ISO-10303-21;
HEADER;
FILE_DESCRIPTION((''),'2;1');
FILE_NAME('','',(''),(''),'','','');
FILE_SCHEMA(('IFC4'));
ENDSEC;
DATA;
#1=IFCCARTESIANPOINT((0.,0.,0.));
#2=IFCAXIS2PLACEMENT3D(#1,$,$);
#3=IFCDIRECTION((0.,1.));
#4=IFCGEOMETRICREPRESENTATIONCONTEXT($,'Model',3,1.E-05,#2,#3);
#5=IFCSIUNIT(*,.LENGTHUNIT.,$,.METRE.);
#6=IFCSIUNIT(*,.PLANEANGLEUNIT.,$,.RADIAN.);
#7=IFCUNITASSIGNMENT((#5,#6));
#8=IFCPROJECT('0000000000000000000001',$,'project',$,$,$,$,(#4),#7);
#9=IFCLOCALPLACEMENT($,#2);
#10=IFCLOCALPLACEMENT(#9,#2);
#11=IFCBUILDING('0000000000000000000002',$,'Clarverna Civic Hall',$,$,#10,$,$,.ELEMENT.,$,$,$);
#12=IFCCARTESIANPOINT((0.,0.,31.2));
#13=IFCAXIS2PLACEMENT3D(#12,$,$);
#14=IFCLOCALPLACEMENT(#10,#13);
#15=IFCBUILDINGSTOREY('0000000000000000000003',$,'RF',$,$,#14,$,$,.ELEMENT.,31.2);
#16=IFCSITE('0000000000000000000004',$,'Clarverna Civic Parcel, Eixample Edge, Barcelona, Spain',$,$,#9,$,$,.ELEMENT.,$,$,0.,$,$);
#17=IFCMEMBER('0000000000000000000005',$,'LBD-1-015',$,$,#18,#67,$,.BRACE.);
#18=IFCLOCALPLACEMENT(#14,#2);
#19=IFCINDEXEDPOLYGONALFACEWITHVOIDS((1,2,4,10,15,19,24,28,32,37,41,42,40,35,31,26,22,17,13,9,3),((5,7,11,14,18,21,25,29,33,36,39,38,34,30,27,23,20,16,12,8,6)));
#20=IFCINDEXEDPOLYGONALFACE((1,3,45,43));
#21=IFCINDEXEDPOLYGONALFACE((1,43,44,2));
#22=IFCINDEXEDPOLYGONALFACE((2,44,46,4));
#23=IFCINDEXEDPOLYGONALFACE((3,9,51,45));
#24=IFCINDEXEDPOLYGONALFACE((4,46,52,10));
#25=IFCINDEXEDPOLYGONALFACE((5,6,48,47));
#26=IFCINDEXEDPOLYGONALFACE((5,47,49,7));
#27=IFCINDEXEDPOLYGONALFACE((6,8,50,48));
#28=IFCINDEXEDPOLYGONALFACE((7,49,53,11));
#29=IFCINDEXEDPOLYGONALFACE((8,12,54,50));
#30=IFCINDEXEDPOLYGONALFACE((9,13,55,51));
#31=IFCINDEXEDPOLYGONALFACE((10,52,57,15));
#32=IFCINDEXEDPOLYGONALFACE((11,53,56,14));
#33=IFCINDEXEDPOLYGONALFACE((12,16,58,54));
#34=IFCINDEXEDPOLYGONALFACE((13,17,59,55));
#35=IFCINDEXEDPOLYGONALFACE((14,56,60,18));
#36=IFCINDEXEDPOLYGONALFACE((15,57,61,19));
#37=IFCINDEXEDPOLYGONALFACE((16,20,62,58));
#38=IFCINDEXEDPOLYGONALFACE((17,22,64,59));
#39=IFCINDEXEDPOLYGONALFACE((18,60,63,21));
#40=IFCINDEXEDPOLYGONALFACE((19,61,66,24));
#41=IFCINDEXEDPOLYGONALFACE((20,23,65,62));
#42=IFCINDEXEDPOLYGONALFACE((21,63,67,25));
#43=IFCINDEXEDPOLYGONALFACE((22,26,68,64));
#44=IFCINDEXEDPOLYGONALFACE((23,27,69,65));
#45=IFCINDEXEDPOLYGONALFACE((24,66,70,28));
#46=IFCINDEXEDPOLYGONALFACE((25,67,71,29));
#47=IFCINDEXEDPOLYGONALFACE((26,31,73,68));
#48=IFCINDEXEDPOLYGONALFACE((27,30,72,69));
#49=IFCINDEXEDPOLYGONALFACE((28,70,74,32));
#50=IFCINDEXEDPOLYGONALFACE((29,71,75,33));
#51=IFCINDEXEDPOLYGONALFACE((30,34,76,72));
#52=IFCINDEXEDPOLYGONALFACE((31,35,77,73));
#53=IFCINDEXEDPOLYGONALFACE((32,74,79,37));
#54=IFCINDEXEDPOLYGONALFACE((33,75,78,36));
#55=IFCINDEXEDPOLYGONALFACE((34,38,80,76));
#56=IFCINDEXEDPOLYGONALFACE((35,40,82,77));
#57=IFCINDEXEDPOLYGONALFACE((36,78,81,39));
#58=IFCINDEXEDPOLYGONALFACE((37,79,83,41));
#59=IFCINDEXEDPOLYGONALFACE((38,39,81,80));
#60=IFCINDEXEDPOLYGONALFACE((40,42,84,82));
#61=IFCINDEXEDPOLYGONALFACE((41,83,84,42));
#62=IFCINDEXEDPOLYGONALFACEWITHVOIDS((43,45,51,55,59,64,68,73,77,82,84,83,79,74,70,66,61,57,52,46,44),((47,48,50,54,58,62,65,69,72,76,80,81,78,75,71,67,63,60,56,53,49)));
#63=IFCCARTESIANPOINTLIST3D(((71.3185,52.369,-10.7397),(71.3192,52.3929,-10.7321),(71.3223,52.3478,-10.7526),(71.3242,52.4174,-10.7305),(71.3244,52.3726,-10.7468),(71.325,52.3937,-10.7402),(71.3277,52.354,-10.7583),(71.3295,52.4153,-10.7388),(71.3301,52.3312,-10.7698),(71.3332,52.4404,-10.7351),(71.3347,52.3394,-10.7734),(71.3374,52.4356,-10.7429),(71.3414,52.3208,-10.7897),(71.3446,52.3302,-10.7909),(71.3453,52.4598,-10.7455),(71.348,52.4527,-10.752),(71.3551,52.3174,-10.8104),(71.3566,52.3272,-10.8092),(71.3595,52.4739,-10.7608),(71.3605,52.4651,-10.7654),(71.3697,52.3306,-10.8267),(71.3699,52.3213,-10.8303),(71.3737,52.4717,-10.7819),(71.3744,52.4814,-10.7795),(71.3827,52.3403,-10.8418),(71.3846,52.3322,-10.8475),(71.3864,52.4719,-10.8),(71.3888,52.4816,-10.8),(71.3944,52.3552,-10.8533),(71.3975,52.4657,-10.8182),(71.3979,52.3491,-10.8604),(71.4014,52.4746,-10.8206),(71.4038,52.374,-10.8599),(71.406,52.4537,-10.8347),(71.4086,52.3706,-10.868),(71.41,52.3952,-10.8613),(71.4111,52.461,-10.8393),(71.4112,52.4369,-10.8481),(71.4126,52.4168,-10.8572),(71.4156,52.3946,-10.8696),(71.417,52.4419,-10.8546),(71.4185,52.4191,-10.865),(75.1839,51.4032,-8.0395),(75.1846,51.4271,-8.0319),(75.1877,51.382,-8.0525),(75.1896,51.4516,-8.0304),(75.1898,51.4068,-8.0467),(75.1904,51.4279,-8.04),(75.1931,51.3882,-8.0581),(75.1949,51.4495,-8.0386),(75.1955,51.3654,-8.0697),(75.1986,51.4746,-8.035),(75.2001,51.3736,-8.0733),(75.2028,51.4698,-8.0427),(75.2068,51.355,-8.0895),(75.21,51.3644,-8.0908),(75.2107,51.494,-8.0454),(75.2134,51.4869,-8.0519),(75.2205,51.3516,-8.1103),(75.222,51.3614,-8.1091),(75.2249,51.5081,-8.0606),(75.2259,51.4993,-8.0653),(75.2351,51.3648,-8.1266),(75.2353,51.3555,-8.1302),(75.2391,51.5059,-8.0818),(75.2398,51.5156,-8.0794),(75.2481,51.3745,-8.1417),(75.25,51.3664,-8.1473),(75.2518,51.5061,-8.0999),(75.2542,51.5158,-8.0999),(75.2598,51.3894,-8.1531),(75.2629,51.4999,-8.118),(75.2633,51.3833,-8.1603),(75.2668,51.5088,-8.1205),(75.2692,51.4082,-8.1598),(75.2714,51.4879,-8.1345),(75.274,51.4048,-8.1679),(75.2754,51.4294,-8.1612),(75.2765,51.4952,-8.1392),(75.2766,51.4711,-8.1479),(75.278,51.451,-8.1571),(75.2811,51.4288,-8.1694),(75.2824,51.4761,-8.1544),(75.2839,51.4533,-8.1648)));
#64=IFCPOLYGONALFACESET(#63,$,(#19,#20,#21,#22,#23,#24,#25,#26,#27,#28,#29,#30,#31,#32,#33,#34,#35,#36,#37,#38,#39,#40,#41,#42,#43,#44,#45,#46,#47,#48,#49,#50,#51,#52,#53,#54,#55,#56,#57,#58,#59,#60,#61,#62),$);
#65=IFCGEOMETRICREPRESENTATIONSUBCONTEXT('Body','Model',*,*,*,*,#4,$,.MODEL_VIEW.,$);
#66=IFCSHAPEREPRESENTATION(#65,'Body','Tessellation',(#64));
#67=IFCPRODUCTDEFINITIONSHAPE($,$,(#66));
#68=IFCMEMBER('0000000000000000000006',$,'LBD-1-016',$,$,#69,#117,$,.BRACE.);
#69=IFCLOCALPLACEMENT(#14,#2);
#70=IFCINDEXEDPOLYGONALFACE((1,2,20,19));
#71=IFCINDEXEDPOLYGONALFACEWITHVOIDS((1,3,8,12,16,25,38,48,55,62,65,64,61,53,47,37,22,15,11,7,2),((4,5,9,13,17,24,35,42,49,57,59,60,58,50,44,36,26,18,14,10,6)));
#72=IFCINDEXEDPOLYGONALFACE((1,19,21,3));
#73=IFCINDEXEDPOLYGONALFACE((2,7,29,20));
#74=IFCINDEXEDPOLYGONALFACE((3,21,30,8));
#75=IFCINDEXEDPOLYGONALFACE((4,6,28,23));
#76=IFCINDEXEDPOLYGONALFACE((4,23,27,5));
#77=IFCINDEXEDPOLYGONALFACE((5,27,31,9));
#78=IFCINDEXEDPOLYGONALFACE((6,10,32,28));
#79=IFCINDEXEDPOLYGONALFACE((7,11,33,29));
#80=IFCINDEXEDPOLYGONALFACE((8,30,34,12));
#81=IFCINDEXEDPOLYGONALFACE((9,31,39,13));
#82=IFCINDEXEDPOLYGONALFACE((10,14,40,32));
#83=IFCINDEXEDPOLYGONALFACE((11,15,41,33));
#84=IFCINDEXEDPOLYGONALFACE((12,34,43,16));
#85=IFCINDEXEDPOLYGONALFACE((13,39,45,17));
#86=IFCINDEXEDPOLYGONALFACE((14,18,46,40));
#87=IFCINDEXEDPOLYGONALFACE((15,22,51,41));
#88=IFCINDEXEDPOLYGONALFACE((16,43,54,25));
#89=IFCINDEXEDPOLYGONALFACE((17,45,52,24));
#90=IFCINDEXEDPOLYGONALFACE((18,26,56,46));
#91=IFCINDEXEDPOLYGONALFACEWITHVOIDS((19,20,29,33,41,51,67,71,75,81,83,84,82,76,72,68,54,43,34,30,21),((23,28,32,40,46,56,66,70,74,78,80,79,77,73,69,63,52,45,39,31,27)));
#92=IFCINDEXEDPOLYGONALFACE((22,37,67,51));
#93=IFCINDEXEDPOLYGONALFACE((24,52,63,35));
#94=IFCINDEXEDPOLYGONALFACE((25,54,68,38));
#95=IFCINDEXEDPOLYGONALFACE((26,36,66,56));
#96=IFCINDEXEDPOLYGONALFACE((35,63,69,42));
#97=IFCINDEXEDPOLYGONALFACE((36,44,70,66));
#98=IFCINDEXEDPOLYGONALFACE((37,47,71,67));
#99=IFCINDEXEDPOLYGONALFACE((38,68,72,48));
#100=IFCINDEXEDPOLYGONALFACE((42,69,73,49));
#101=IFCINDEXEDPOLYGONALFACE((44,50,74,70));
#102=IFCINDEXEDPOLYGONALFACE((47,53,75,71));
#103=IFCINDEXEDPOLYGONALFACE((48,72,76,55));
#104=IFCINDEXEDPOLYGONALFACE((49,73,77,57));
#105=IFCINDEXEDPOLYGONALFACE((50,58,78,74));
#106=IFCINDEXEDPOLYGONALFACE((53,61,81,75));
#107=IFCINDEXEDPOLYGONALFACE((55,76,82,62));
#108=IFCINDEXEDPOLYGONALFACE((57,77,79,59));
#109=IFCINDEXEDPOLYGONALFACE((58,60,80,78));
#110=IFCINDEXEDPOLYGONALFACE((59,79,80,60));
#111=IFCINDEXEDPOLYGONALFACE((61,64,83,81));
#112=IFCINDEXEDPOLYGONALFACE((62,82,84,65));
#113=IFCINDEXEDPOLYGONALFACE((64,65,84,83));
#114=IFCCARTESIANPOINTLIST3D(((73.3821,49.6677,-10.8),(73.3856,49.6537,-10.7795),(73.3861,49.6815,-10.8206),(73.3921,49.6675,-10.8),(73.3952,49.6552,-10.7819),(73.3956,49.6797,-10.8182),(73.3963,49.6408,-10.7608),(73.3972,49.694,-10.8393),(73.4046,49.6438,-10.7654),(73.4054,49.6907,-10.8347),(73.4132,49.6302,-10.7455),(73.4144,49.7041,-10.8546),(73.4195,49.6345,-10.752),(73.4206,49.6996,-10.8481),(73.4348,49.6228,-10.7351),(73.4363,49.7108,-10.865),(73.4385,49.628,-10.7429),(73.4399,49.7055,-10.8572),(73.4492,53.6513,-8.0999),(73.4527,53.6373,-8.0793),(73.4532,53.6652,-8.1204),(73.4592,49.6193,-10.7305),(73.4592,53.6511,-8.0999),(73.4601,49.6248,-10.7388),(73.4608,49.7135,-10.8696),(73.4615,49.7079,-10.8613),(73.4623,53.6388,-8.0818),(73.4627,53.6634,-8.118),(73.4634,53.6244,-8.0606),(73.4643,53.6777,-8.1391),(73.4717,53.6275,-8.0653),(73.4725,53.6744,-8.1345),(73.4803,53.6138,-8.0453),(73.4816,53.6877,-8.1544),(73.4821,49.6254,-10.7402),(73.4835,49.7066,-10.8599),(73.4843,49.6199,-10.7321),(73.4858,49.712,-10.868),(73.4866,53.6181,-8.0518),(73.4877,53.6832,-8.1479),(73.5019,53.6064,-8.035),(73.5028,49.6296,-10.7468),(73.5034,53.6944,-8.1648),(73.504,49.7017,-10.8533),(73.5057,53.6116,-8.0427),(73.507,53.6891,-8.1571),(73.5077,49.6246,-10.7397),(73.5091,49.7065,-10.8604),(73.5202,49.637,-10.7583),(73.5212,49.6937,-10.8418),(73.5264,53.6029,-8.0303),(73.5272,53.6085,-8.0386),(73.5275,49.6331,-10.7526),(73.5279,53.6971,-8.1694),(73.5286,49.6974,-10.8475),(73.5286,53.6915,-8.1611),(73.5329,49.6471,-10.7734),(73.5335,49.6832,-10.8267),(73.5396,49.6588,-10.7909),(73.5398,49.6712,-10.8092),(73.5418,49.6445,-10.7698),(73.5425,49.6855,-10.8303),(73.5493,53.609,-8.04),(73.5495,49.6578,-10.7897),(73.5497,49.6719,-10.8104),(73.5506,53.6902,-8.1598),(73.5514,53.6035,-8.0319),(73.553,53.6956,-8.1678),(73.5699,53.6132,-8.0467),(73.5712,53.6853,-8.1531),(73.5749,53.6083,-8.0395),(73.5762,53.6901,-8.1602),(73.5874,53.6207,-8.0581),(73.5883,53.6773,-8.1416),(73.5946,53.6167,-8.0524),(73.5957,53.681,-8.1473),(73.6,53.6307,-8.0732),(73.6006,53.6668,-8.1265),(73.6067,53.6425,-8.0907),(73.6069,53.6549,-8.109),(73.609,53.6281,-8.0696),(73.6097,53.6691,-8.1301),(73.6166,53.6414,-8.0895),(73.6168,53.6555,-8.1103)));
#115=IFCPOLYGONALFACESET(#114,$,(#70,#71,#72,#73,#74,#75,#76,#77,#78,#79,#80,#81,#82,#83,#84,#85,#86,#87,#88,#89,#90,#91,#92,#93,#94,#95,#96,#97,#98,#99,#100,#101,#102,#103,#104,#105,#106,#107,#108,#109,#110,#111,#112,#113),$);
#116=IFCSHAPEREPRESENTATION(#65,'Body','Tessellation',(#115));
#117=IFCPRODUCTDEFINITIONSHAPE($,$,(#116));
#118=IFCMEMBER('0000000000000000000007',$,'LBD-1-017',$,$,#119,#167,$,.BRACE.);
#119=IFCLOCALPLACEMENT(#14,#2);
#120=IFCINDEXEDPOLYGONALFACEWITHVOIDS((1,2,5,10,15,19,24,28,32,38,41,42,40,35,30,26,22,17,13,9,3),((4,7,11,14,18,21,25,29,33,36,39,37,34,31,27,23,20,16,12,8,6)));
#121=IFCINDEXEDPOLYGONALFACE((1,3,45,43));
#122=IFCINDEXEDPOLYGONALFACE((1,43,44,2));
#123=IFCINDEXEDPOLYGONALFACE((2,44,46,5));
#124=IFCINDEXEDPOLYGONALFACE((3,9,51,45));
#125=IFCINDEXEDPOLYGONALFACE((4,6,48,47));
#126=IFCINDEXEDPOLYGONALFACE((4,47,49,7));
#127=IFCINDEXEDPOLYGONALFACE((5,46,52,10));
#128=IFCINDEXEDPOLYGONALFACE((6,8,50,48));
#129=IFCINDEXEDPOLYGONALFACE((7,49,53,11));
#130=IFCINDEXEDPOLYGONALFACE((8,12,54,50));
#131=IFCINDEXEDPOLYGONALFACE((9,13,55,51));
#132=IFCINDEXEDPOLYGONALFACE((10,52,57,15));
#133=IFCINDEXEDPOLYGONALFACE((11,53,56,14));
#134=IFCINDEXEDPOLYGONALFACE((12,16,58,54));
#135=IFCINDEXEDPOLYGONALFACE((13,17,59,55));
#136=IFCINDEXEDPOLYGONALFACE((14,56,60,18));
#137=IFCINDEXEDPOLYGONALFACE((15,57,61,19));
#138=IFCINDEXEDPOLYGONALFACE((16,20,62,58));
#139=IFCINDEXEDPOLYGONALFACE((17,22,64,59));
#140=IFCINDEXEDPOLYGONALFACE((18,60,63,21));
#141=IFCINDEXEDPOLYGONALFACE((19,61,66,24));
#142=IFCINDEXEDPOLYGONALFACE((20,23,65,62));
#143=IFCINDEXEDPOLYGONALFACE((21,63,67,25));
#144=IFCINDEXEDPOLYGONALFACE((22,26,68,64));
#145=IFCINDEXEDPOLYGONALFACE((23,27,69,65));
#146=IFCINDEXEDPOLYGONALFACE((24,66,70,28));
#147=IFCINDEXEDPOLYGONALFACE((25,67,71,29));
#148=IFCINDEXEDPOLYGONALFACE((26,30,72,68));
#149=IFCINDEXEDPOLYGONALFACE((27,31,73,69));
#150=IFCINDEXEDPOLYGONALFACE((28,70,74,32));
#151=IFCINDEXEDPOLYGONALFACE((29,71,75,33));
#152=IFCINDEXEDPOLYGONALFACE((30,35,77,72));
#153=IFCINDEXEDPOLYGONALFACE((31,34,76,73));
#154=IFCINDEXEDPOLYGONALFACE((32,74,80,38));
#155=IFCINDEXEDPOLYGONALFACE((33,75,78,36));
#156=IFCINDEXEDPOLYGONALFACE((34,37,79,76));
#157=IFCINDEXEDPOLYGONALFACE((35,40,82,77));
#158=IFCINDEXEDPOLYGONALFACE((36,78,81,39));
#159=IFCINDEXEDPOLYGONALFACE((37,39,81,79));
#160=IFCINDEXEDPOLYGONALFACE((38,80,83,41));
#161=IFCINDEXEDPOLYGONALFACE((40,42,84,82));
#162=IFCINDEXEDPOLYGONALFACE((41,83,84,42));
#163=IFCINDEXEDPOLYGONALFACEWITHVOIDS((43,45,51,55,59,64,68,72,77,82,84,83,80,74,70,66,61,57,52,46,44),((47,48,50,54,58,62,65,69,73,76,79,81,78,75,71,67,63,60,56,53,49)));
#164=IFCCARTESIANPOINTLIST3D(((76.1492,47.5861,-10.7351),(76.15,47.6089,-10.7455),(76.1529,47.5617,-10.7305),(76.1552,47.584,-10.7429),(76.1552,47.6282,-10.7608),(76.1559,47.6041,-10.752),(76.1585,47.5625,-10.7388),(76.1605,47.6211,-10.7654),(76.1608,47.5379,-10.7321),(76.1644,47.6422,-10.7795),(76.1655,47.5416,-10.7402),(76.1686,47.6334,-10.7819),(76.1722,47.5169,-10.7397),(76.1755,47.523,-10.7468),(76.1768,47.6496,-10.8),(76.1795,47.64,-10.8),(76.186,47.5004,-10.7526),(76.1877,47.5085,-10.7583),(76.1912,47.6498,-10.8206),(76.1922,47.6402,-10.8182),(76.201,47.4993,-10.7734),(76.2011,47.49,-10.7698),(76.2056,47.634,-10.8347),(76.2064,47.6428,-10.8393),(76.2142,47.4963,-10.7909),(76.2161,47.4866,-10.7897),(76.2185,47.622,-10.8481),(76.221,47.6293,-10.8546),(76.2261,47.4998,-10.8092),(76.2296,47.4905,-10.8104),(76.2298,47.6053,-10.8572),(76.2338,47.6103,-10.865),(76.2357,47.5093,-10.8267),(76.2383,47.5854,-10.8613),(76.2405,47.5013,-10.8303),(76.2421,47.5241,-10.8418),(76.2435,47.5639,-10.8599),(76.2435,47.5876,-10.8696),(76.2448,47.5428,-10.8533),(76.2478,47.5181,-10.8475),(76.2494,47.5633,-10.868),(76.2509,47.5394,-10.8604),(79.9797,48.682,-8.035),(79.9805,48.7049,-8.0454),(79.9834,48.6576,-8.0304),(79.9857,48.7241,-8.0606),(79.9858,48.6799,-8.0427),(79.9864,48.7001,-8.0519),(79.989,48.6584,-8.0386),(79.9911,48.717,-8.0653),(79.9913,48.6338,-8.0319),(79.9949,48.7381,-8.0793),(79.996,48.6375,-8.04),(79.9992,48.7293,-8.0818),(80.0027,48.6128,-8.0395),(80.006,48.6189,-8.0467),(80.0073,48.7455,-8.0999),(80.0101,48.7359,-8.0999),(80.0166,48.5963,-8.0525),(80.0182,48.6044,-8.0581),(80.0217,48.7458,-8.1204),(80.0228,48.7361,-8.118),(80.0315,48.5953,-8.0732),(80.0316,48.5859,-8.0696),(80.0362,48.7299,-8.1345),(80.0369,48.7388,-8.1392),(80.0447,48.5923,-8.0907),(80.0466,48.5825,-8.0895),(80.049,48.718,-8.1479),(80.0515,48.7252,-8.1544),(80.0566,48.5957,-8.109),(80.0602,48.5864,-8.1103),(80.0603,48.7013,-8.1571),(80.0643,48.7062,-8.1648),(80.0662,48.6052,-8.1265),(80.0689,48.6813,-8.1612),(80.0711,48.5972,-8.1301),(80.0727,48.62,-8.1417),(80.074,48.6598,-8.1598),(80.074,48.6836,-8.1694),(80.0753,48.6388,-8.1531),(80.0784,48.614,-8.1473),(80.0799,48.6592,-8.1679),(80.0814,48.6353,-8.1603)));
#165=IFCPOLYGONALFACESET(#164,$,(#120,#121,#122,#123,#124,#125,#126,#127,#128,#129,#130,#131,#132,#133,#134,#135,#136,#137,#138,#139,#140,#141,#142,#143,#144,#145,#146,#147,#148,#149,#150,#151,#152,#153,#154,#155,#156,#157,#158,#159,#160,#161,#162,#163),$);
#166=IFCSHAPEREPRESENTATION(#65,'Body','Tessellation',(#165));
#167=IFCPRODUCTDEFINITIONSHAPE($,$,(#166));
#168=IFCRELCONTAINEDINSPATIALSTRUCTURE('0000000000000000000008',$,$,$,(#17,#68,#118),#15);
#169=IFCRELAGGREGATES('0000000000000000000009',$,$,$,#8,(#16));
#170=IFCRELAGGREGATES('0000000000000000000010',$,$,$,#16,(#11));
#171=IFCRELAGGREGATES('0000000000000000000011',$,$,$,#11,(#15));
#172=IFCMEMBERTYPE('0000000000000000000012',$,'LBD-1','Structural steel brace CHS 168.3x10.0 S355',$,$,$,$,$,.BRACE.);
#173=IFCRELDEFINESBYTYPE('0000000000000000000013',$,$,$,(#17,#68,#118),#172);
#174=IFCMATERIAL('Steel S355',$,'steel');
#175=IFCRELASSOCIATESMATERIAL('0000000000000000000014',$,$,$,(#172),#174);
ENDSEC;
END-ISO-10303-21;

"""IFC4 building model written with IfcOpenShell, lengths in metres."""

from ifc_helpers import new_model, si_unit, direction, frame, origin, origin_2d, place, context, subcontext, project, spatial, hollow_circle, extrude, material, material_profile, profile_set, type_object, element, save


model = new_model("IFC4")

# Units and contexts
model_context = context("Model", 3, precision=1e-05, world=origin(), true_north=direction((0.0, 1.0)))
body_context = subcontext(model_context, "Body", "Model", "MODEL_VIEW")
ifc_project = project(units=[si_unit("LENGTHUNIT", "METRE"), si_unit("PLANEANGLEUNIT", "RADIAN")], contexts=[model_context])

# Site, building, storey
site_placement = place(None, origin())
site = spatial("IfcSite", under=ifc_project, at=site_placement, Name="Clarverna Civic Parcel, Eixample Edge, Barcelona, Spain", CompositionType="ELEMENT", RefElevation=0.0)
building_placement = place(site_placement, origin())
building = spatial("IfcBuilding", under=site, at=building_placement, Name="Clarverna Civic Hall", CompositionType="ELEMENT")
storey_placement = place(building_placement, frame((0.0, 0.0, 31.2)))
storey = spatial("IfcBuildingStorey", under=building, at=storey_placement, Name="RF", CompositionType="ELEMENT", Elevation=31.2)

# Members
ifc_material_1 = material(Name="Steel S355", Category="steel")
ifc_material_profile_1 = material_profile(ifc_material_1, hollow_circle(Radius=0.0842, WallThickness=0.01, at=origin_2d()), Name="CHS 168.3x10.0")
ifc_profile_set_1 = profile_set([ifc_material_profile_1], Name="Steel S355")
member_type_1 = type_object("IfcMemberType", Name="LBD-1", Description="Structural steel brace CHS 168.3x10.0 S355", PredefinedType="BRACE", material=ifc_profile_set_1)
for number, where, z_axis, x_axis, name in (
    (1, (71.3684, 52.3999, -10.8), (0.803119, -0.200666, 0.561011), (0.242406, 0.970175, 0.0), "LBD-1-015"),
    (2, (73.4663, 49.6663, -10.8), (0.013949, 0.827684, 0.561021), (-0.999858, 0.016851, 0.0), "LBD-1-016"),
    (3, (76.2, 47.5686, -10.8), (0.795872, 0.227704, 0.561016), (-0.275069, 0.961424, 0.0), "LBD-1-017"),
):
    element("IfcMember", number, at=place(storey_placement, frame(where, z_axis=z_axis, x_axis=x_axis)), inside=storey, type_object=member_type_1, Name=name, PredefinedType="BRACE", context=body_context, shape_type="SweptSolid", body=[
        extrude(hollow_circle(Radius=0.0842, WallThickness=0.01, at=origin_2d()), origin(), (0.0, 0.0, 1.0), 4.813),
    ])

save(model, "model.ifc")
